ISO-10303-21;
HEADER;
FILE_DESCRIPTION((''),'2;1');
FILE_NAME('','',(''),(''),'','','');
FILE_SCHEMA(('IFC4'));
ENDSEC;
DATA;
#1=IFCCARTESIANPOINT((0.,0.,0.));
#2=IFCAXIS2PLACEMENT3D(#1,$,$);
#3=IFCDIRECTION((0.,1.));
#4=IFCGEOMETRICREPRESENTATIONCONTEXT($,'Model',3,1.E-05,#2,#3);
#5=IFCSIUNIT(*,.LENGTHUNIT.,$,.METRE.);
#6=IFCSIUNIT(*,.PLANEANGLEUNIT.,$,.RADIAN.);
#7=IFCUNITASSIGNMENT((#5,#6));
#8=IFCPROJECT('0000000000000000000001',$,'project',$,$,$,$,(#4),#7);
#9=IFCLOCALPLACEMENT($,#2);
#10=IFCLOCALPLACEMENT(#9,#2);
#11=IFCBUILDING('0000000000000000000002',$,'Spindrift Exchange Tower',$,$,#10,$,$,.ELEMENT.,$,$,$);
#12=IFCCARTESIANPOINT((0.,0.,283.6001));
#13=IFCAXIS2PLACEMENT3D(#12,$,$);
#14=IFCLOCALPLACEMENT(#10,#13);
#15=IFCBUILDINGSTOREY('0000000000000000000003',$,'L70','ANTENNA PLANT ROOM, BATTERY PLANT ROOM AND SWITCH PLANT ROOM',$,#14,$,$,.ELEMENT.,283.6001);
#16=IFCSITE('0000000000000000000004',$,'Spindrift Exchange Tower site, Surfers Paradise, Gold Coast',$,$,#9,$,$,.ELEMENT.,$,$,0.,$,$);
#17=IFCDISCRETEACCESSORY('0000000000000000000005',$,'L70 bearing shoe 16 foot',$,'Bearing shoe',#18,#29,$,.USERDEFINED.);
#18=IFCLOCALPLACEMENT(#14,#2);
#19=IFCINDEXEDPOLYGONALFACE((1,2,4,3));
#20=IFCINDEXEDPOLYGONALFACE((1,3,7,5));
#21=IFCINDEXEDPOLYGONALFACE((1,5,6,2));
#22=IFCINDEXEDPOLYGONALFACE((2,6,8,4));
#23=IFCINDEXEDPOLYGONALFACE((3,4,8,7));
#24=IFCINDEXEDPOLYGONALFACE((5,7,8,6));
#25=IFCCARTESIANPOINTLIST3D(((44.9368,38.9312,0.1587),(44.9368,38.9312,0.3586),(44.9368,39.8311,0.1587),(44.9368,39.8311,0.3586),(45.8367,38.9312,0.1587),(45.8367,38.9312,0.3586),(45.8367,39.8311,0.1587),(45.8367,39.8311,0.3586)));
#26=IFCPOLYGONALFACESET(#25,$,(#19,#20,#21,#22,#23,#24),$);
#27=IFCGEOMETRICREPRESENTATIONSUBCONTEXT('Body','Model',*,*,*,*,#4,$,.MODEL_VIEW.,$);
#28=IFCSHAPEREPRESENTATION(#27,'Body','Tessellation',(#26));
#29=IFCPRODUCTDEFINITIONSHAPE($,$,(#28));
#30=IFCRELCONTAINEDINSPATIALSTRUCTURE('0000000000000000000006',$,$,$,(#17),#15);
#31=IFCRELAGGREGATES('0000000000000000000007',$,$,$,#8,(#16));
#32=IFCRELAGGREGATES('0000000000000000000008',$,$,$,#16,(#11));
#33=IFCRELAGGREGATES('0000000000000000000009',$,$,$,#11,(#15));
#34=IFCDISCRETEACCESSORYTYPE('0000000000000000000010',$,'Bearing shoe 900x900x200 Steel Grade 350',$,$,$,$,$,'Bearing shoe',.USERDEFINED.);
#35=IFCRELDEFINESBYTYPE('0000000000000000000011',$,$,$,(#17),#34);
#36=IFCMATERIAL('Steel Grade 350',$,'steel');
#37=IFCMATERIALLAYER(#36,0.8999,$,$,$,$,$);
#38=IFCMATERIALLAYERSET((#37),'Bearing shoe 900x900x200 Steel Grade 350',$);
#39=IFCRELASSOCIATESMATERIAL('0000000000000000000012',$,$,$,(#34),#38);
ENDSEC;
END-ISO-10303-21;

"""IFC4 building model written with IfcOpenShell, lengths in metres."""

from ifc_helpers import new_model, si_unit, direction, frame, origin, origin_2d, place, context, subcontext, project, spatial, rectangle, extrude, source, transform, mapped, material, layer, layer_set, type_object, element, save


model = new_model("IFC4")

# Units and contexts
model_context = context("Model", 3, precision=1e-05, world=origin(), true_north=direction((0.0, 1.0)))
body_context = subcontext(model_context, "Body", "Model", "MODEL_VIEW")
ifc_project = project(units=[si_unit("LENGTHUNIT", "METRE"), si_unit("PLANEANGLEUNIT", "RADIAN")], contexts=[model_context])

# Site, building, storey
site_placement = place(None, origin())
site = spatial("IfcSite", under=ifc_project, at=site_placement, Name="Spindrift Exchange Tower site, Surfers Paradise, Gold Coast", CompositionType="ELEMENT", RefElevation=0.0)
building_placement = place(site_placement, origin())
building = spatial("IfcBuilding", under=site, at=building_placement, Name="Spindrift Exchange Tower", CompositionType="ELEMENT")
storey_placement = place(building_placement, frame((0.0, 0.0, 283.6001)))
storey = spatial("IfcBuildingStorey", under=building, at=storey_placement, Name="L70", Description="ANTENNA PLANT ROOM, BATTERY PLANT ROOM AND SWITCH PLANT ROOM", CompositionType="ELEMENT", Elevation=283.6001)

# Discrete accessory
ifc_material_1 = material(Name="Steel Grade 350", Category="steel")
ifc_layer_1 = layer(ifc_material_1, 0.8999)
ifc_layer_set_1 = layer_set([ifc_layer_1], Name="Bearing shoe 900x900x200 Steel Grade 350")
discrete_accessory_type = type_object("IfcDiscreteAccessoryType", Name="Bearing shoe 900x900x200 Steel Grade 350", ElementType="Bearing shoe", PredefinedType="USERDEFINED", material=ifc_layer_set_1)
shared_shape_1 = source(origin(), body_context, "Body", "SweptSolid", [
    extrude(rectangle(XDim=0.8999, YDim=0.8999, at=origin_2d()), origin(), (0.0, 0.0, 1.0), 0.2),
])
for number, where, z_axis, x_axis, name in (
    (1, (45.3867, 39.3811, 0.1587), (0.0, 0.0, 1.0), (1.0, 0.0, 0.0), "L70 bearing shoe 16 foot"),
):
    element("IfcDiscreteAccessory", number, at=place(storey_placement, frame(where, z_axis=z_axis, x_axis=x_axis)), inside=storey, type_object=discrete_accessory_type, Name=name, ObjectType="Bearing shoe", PredefinedType="USERDEFINED", context=body_context, shape_type="MappedRepresentation", body=[
        mapped(shared_shape_1, transform((0.0, 0.0, 0.0), scale=1.0)),
    ])

save(model, "model.ifc")
